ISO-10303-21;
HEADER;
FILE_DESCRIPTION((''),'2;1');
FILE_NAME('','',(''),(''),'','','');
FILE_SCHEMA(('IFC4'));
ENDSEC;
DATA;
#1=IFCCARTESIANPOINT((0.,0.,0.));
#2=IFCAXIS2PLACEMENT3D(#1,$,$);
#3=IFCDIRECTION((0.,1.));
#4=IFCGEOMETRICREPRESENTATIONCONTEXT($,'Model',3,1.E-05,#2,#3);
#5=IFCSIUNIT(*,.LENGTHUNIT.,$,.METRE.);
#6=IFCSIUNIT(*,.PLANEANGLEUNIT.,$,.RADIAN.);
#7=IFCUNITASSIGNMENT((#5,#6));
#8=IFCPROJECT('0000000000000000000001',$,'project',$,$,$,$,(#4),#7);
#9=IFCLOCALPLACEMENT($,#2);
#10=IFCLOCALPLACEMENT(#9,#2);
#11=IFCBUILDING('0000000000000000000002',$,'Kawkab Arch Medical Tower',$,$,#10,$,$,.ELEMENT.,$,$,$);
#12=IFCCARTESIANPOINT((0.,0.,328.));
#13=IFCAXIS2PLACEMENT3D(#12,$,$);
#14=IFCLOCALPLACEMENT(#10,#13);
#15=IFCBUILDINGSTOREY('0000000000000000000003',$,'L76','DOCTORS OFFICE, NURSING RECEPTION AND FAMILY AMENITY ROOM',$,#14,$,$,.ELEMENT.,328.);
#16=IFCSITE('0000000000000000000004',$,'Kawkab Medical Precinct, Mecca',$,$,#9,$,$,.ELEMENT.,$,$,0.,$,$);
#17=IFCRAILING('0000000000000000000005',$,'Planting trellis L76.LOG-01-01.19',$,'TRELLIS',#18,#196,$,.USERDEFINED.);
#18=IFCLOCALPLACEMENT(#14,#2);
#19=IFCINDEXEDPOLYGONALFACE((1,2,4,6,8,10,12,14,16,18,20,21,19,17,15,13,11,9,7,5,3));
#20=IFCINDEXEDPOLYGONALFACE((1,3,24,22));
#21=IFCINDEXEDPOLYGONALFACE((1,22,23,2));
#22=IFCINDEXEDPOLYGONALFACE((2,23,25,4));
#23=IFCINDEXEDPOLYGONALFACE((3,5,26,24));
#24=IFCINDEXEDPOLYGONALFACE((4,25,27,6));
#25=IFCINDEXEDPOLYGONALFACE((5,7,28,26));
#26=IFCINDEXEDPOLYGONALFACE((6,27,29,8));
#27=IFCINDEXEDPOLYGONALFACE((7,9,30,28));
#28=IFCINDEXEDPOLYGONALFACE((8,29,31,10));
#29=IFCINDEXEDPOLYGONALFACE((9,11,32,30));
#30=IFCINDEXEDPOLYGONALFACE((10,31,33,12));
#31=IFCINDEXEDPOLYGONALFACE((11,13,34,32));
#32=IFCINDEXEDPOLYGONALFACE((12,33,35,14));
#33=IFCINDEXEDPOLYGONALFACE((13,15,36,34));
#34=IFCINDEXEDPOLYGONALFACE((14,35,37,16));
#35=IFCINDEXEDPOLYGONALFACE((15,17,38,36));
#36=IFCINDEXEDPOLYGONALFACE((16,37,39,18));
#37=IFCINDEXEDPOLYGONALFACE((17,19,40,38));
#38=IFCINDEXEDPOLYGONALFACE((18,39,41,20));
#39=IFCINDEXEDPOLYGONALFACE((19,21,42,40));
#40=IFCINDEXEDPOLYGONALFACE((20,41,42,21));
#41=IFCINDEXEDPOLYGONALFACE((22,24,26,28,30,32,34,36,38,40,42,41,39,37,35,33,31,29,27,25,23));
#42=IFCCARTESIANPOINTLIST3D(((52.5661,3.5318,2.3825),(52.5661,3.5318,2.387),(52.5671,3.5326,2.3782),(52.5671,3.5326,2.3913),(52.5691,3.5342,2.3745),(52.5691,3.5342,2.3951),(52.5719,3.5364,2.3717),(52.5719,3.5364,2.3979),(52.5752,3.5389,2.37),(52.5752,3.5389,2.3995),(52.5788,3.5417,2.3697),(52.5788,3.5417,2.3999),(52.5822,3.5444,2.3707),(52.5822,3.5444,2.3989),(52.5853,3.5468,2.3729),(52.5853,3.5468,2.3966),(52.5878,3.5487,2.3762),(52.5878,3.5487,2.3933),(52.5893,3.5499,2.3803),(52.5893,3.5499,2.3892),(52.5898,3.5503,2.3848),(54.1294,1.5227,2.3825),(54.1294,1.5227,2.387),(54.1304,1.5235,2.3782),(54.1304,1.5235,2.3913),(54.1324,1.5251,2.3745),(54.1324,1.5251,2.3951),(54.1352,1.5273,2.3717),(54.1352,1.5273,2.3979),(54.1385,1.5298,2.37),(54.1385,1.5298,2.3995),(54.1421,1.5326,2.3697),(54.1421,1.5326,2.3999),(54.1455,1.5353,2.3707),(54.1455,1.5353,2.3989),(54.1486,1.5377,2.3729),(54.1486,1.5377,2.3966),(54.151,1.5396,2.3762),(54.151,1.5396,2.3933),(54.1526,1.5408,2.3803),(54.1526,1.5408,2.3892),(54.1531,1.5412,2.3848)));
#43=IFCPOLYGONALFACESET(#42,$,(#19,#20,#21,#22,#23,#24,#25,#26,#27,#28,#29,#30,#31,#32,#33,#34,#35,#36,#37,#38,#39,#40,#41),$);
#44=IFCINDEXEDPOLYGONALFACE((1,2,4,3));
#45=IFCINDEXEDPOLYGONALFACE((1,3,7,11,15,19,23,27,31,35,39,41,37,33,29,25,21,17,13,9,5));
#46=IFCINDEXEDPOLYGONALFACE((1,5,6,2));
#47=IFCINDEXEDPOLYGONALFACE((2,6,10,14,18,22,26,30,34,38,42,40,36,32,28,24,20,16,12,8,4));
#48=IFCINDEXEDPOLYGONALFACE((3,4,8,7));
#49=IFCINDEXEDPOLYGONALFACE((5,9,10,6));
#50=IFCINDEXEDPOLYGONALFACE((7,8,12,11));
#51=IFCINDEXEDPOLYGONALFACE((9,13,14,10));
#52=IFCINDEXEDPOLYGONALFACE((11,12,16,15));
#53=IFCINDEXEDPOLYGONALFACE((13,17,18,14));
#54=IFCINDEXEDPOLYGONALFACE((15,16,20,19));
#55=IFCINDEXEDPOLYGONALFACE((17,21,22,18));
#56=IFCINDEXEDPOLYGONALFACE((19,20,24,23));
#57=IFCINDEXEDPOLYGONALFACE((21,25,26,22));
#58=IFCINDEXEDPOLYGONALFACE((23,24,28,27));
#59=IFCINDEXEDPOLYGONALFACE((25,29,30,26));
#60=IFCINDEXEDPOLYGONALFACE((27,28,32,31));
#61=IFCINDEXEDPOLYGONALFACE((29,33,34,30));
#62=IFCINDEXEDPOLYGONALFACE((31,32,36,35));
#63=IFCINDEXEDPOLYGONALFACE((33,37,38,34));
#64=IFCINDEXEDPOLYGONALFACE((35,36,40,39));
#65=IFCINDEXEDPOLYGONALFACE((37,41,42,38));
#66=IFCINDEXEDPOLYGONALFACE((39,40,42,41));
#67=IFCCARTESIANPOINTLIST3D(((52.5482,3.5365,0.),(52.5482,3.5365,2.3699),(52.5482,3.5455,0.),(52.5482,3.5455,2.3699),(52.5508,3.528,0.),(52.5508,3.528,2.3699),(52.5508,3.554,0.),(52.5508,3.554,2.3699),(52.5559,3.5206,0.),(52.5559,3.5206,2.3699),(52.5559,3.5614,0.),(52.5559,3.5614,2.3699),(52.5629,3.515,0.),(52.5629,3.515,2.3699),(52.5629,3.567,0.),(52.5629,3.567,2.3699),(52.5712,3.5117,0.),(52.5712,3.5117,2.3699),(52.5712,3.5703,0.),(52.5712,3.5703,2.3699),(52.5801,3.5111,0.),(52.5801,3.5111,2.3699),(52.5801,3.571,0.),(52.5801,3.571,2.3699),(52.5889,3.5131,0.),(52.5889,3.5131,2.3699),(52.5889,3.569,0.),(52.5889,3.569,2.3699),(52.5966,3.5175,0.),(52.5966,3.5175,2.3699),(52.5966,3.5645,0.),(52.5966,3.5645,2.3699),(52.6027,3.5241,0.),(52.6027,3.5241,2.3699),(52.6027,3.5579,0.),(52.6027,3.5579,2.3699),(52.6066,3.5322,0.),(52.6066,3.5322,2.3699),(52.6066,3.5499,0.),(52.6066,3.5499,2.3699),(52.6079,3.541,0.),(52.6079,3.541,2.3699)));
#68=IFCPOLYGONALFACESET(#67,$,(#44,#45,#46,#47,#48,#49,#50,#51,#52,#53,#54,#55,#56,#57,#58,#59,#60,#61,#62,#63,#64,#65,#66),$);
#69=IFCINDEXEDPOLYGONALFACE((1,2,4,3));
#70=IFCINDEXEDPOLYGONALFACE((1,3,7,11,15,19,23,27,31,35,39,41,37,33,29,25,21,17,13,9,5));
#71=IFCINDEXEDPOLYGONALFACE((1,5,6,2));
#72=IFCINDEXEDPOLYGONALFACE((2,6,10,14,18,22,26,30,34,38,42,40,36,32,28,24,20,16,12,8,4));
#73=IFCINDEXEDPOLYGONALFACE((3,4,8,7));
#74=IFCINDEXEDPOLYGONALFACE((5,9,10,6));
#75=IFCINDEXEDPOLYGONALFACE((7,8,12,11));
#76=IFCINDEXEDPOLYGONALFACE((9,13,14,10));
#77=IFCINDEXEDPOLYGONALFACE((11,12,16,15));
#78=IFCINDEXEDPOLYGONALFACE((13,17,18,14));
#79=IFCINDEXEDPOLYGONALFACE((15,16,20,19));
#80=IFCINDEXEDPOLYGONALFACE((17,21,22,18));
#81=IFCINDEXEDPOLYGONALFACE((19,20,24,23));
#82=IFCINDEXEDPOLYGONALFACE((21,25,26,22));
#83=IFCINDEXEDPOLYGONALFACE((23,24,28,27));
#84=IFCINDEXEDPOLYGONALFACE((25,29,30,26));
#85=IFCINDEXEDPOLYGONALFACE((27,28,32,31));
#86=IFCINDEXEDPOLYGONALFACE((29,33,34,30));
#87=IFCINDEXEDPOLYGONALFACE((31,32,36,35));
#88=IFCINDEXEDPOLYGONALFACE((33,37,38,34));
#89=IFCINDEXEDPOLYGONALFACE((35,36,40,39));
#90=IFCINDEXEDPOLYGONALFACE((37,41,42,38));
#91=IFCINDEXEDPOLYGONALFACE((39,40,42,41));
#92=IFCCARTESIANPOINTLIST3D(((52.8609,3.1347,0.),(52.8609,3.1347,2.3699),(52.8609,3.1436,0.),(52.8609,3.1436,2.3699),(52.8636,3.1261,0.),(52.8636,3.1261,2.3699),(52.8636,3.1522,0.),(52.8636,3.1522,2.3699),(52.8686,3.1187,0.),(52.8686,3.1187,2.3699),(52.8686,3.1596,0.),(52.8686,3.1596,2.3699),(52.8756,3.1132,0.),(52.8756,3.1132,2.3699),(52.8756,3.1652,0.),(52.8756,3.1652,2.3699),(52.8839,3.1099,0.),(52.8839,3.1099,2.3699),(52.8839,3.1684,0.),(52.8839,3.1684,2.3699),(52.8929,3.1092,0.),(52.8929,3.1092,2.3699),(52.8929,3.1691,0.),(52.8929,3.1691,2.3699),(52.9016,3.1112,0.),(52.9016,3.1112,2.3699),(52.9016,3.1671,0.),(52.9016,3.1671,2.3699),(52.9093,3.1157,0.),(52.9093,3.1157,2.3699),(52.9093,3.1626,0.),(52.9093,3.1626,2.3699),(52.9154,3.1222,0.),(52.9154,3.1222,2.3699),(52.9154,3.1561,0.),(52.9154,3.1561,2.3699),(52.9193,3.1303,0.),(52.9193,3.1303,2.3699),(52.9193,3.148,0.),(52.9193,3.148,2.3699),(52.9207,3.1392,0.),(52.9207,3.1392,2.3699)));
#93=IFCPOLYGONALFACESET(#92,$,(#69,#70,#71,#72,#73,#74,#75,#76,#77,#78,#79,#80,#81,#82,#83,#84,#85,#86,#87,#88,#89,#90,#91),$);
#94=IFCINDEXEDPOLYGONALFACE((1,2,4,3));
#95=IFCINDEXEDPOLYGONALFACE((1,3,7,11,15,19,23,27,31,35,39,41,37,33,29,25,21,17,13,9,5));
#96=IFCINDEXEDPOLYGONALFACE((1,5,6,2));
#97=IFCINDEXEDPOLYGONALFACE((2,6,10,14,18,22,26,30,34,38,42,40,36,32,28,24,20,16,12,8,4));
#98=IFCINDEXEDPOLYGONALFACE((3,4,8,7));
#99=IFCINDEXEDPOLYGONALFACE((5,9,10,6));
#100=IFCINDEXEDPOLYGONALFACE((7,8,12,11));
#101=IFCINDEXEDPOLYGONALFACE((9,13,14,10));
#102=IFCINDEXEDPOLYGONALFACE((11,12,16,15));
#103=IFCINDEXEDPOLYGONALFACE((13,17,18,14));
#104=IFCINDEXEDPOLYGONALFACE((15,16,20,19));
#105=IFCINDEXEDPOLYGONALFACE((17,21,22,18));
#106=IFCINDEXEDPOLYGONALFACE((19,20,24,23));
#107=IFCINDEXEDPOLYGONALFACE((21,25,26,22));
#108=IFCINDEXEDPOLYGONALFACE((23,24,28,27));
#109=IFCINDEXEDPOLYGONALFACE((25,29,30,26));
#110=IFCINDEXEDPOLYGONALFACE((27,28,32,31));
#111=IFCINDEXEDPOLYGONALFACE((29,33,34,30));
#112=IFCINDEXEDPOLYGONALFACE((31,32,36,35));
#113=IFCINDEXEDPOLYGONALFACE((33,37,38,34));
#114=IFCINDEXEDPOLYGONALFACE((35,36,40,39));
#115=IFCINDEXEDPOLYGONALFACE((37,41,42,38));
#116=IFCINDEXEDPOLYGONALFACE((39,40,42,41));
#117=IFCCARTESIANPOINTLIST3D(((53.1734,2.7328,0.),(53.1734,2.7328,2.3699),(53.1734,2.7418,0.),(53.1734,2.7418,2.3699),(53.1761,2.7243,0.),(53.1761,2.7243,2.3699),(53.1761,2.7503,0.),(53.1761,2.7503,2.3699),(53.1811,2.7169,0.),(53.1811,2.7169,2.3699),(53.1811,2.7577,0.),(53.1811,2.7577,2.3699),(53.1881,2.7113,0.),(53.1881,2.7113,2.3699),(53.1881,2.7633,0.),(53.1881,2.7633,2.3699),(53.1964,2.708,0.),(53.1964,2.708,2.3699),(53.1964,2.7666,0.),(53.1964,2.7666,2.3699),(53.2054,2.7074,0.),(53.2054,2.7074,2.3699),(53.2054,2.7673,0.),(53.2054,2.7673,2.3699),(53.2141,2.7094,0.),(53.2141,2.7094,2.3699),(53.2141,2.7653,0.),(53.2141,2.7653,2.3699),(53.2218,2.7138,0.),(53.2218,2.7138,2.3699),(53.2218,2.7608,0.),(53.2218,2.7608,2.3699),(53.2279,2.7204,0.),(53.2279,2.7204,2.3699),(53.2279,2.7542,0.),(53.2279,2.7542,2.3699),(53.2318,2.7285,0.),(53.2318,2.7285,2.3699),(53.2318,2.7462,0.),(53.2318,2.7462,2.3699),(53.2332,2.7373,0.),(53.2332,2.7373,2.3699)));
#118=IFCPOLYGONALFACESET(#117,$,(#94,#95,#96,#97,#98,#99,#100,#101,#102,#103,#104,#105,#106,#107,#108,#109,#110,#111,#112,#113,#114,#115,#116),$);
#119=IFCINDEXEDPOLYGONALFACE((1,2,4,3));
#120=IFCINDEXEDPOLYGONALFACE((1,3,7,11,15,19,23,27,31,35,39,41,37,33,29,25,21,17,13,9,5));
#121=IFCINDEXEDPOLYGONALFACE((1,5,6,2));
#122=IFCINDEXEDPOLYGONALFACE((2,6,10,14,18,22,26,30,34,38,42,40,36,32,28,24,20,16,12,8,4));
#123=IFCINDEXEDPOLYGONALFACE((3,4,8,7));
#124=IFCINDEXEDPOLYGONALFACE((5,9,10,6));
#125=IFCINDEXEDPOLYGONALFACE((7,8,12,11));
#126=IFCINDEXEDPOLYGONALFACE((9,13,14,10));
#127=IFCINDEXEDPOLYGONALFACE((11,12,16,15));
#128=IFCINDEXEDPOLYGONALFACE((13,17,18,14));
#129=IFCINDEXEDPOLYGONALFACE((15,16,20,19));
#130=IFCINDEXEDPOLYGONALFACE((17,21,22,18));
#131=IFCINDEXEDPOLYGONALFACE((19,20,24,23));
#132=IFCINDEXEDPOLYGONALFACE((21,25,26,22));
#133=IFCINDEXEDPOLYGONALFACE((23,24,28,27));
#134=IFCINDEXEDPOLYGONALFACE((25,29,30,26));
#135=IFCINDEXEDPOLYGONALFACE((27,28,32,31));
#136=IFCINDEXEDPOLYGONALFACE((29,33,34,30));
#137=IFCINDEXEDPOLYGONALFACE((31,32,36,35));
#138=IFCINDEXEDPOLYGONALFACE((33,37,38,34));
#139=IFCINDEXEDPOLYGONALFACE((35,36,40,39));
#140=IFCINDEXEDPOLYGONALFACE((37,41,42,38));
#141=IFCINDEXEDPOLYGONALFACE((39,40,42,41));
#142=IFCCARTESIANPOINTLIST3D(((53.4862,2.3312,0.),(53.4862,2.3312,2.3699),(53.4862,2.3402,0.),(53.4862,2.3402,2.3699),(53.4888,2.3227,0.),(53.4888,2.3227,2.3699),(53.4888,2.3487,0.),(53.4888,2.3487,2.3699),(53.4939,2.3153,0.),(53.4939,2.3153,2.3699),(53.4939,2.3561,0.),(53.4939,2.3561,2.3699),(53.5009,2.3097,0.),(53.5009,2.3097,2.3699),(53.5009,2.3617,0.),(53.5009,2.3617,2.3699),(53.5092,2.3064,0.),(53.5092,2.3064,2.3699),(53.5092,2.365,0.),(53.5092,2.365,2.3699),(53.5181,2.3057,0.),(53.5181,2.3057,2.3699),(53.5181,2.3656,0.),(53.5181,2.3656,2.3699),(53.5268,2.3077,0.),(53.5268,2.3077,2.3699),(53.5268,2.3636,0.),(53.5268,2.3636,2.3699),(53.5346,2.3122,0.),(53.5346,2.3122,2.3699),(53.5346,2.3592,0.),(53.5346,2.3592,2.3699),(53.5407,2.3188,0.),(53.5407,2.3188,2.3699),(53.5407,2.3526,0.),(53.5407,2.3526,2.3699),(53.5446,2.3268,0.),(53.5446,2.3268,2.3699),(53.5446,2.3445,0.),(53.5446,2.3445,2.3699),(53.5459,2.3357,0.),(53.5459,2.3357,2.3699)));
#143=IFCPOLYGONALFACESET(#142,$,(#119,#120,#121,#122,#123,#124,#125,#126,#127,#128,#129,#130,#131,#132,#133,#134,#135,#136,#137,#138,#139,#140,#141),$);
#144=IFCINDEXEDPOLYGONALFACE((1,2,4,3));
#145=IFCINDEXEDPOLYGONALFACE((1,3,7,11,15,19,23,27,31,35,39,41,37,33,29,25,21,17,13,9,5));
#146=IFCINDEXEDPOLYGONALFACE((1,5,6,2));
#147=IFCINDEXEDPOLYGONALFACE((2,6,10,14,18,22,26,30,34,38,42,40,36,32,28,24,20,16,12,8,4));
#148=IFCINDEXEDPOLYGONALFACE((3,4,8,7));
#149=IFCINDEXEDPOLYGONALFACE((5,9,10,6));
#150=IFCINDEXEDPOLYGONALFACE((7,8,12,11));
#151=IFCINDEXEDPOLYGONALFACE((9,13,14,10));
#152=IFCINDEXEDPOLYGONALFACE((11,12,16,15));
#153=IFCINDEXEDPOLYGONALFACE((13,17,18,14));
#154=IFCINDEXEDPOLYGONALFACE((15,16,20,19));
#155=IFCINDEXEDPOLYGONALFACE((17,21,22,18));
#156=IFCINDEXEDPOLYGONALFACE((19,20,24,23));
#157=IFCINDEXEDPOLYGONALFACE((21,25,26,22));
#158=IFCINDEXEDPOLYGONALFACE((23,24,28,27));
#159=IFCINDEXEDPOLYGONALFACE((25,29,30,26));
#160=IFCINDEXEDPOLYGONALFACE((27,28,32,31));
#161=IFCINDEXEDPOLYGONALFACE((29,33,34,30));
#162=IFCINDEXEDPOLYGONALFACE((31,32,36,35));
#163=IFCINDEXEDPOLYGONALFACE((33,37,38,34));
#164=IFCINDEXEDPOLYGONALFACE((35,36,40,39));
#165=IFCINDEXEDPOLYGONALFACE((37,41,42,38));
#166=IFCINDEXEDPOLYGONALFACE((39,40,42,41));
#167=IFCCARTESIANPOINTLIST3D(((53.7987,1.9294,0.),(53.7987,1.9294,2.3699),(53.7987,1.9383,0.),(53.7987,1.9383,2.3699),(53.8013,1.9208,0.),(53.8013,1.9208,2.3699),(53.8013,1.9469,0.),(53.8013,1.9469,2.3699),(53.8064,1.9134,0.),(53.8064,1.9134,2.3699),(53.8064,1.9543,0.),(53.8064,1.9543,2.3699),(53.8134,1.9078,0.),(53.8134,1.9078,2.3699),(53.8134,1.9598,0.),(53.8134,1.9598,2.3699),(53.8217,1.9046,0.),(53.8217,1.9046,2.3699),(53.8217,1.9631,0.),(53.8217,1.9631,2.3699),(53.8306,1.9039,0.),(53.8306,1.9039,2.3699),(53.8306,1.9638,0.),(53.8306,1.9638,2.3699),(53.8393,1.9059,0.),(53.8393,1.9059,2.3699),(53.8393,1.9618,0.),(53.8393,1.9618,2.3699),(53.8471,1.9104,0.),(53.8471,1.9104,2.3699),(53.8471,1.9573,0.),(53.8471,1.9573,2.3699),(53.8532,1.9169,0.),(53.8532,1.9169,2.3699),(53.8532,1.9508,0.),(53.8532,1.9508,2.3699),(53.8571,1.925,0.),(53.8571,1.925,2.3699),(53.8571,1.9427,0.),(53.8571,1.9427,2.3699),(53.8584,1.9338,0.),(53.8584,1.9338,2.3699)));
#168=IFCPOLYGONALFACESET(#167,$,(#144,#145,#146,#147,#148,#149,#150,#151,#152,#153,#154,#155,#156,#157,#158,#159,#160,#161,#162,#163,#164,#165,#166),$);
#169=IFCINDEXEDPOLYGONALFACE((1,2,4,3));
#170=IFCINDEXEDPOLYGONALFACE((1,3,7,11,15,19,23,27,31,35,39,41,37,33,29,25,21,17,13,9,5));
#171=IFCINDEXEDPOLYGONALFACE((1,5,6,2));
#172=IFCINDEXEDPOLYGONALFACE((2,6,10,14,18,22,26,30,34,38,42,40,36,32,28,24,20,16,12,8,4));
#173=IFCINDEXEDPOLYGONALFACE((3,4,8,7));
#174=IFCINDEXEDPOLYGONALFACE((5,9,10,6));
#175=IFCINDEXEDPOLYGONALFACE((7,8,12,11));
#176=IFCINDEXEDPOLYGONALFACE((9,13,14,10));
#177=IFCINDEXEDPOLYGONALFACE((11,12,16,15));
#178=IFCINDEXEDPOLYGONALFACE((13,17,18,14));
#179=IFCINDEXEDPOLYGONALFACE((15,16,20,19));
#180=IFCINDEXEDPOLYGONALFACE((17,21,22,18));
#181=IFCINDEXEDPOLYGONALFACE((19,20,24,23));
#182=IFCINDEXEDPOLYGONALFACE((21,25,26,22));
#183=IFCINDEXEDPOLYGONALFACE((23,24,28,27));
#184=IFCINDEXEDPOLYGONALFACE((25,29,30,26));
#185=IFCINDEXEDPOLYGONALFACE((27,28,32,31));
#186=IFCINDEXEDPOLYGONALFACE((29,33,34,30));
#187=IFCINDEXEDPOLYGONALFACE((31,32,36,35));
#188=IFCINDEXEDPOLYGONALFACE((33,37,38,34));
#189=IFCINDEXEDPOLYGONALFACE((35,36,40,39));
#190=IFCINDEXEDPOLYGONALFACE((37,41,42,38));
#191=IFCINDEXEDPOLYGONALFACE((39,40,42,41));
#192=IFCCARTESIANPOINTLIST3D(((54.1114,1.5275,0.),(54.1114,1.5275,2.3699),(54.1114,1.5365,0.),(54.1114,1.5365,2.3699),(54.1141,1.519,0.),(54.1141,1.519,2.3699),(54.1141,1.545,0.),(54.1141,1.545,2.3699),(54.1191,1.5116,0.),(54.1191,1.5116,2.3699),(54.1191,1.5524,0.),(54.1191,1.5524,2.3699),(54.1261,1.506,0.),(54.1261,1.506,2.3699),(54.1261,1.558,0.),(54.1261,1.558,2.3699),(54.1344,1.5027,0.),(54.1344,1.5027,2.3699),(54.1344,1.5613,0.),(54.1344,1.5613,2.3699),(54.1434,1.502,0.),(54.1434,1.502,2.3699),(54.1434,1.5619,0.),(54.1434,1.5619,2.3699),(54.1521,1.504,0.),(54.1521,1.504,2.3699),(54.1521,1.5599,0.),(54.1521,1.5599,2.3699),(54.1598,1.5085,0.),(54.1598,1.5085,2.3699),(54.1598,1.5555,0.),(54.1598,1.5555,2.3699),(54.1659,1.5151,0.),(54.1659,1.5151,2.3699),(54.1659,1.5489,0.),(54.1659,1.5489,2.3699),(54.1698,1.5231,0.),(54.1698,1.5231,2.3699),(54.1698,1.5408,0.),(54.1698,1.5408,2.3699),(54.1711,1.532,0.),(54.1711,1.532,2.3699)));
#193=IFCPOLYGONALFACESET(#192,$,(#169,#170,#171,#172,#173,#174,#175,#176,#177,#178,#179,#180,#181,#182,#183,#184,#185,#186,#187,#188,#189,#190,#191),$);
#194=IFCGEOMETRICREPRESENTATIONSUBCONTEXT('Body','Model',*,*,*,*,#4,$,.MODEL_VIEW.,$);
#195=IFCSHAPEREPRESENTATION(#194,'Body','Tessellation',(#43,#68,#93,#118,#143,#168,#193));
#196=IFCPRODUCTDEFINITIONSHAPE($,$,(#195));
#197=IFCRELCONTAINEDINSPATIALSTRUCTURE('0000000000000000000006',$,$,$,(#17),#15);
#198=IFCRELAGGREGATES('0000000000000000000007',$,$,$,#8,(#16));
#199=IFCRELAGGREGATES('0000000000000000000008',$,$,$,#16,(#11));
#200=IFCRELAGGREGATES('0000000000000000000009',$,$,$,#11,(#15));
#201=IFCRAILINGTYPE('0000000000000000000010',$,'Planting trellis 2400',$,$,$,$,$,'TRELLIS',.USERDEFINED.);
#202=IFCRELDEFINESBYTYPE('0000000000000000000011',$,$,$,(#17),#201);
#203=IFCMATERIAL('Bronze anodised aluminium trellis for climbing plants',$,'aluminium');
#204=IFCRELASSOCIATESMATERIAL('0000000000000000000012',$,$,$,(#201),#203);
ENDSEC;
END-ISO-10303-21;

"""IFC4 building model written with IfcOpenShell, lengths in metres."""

from ifc_helpers import new_model, si_unit, direction, frame, origin, origin_2d, place, context, subcontext, project, spatial, circle, extrude, material, type_object, element, save


model = new_model("IFC4")

# Units and contexts
model_context = context("Model", 3, precision=1e-05, world=origin(), true_north=direction((0.0, 1.0)))
body_context = subcontext(model_context, "Body", "Model", "MODEL_VIEW")
ifc_project = project(units=[si_unit("LENGTHUNIT", "METRE"), si_unit("PLANEANGLEUNIT", "RADIAN")], contexts=[model_context])

# Site, building, storey
site_placement = place(None, origin())
site = spatial("IfcSite", under=ifc_project, at=site_placement, Name="Kawkab Medical Precinct, Mecca", CompositionType="ELEMENT", RefElevation=0.0)
building_placement = place(site_placement, origin())
building = spatial("IfcBuilding", under=site, at=building_placement, Name="Kawkab Arch Medical Tower", CompositionType="ELEMENT")
storey_placement = place(building_placement, frame((0.0, 0.0, 328.0)))
storey = spatial("IfcBuildingStorey", under=building, at=storey_placement, Name="L76", Description="DOCTORS OFFICE, NURSING RECEPTION AND FAMILY AMENITY ROOM", CompositionType="ELEMENT", Elevation=328.0)

# Railing
ifc_material_1 = material(Name="Bronze anodised aluminium trellis for climbing plants", Category="aluminium")
railing_type = type_object("IfcRailingType", Name="Planting trellis 2400", ElementType="TRELLIS", PredefinedType="USERDEFINED", material=ifc_material_1)
railing_1_placement = place(storey_placement, frame((52.5779, 3.541, 0.0)))
element("IfcRailing", 1, at=railing_1_placement, inside=storey, type_object=railing_type, Name="Planting trellis L76.LOG-01-01.19", ObjectType="TRELLIS", PredefinedType="USERDEFINED", context=body_context, shape_type="SweptSolid", body=[
    extrude(circle(Radius=0.0151, at=origin_2d()), frame((0.0, 0.0, 2.3848), z_axis=(0.6141, -0.789228, 0.0), x_axis=(0.789228, 0.6141, 0.0)), (0.0, 0.0, 1.0), 2.5457),
    extrude(circle(Radius=0.03, at=origin_2d()), origin(), (0.0, 0.0, 1.0), 2.3699),
    extrude(circle(Radius=0.03, at=origin_2d()), frame((0.3127, -0.4019, 0.0)), (0.0, 0.0, 1.0), 2.3699),
    extrude(circle(Radius=0.03, at=origin_2d()), frame((0.6252, -0.8037, 0.0)), (0.0, 0.0, 1.0), 2.3699),
    extrude(circle(Radius=0.03, at=origin_2d()), frame((0.938, -1.2053, 0.0)), (0.0, 0.0, 1.0), 2.3699),
    extrude(circle(Radius=0.03, at=origin_2d()), frame((1.2505, -1.6072, 0.0)), (0.0, 0.0, 1.0), 2.3699),
    extrude(circle(Radius=0.03, at=origin_2d()), frame((1.5632, -2.009, 0.0)), (0.0, 0.0, 1.0), 2.3699),
])

save(model, "model.ifc")
